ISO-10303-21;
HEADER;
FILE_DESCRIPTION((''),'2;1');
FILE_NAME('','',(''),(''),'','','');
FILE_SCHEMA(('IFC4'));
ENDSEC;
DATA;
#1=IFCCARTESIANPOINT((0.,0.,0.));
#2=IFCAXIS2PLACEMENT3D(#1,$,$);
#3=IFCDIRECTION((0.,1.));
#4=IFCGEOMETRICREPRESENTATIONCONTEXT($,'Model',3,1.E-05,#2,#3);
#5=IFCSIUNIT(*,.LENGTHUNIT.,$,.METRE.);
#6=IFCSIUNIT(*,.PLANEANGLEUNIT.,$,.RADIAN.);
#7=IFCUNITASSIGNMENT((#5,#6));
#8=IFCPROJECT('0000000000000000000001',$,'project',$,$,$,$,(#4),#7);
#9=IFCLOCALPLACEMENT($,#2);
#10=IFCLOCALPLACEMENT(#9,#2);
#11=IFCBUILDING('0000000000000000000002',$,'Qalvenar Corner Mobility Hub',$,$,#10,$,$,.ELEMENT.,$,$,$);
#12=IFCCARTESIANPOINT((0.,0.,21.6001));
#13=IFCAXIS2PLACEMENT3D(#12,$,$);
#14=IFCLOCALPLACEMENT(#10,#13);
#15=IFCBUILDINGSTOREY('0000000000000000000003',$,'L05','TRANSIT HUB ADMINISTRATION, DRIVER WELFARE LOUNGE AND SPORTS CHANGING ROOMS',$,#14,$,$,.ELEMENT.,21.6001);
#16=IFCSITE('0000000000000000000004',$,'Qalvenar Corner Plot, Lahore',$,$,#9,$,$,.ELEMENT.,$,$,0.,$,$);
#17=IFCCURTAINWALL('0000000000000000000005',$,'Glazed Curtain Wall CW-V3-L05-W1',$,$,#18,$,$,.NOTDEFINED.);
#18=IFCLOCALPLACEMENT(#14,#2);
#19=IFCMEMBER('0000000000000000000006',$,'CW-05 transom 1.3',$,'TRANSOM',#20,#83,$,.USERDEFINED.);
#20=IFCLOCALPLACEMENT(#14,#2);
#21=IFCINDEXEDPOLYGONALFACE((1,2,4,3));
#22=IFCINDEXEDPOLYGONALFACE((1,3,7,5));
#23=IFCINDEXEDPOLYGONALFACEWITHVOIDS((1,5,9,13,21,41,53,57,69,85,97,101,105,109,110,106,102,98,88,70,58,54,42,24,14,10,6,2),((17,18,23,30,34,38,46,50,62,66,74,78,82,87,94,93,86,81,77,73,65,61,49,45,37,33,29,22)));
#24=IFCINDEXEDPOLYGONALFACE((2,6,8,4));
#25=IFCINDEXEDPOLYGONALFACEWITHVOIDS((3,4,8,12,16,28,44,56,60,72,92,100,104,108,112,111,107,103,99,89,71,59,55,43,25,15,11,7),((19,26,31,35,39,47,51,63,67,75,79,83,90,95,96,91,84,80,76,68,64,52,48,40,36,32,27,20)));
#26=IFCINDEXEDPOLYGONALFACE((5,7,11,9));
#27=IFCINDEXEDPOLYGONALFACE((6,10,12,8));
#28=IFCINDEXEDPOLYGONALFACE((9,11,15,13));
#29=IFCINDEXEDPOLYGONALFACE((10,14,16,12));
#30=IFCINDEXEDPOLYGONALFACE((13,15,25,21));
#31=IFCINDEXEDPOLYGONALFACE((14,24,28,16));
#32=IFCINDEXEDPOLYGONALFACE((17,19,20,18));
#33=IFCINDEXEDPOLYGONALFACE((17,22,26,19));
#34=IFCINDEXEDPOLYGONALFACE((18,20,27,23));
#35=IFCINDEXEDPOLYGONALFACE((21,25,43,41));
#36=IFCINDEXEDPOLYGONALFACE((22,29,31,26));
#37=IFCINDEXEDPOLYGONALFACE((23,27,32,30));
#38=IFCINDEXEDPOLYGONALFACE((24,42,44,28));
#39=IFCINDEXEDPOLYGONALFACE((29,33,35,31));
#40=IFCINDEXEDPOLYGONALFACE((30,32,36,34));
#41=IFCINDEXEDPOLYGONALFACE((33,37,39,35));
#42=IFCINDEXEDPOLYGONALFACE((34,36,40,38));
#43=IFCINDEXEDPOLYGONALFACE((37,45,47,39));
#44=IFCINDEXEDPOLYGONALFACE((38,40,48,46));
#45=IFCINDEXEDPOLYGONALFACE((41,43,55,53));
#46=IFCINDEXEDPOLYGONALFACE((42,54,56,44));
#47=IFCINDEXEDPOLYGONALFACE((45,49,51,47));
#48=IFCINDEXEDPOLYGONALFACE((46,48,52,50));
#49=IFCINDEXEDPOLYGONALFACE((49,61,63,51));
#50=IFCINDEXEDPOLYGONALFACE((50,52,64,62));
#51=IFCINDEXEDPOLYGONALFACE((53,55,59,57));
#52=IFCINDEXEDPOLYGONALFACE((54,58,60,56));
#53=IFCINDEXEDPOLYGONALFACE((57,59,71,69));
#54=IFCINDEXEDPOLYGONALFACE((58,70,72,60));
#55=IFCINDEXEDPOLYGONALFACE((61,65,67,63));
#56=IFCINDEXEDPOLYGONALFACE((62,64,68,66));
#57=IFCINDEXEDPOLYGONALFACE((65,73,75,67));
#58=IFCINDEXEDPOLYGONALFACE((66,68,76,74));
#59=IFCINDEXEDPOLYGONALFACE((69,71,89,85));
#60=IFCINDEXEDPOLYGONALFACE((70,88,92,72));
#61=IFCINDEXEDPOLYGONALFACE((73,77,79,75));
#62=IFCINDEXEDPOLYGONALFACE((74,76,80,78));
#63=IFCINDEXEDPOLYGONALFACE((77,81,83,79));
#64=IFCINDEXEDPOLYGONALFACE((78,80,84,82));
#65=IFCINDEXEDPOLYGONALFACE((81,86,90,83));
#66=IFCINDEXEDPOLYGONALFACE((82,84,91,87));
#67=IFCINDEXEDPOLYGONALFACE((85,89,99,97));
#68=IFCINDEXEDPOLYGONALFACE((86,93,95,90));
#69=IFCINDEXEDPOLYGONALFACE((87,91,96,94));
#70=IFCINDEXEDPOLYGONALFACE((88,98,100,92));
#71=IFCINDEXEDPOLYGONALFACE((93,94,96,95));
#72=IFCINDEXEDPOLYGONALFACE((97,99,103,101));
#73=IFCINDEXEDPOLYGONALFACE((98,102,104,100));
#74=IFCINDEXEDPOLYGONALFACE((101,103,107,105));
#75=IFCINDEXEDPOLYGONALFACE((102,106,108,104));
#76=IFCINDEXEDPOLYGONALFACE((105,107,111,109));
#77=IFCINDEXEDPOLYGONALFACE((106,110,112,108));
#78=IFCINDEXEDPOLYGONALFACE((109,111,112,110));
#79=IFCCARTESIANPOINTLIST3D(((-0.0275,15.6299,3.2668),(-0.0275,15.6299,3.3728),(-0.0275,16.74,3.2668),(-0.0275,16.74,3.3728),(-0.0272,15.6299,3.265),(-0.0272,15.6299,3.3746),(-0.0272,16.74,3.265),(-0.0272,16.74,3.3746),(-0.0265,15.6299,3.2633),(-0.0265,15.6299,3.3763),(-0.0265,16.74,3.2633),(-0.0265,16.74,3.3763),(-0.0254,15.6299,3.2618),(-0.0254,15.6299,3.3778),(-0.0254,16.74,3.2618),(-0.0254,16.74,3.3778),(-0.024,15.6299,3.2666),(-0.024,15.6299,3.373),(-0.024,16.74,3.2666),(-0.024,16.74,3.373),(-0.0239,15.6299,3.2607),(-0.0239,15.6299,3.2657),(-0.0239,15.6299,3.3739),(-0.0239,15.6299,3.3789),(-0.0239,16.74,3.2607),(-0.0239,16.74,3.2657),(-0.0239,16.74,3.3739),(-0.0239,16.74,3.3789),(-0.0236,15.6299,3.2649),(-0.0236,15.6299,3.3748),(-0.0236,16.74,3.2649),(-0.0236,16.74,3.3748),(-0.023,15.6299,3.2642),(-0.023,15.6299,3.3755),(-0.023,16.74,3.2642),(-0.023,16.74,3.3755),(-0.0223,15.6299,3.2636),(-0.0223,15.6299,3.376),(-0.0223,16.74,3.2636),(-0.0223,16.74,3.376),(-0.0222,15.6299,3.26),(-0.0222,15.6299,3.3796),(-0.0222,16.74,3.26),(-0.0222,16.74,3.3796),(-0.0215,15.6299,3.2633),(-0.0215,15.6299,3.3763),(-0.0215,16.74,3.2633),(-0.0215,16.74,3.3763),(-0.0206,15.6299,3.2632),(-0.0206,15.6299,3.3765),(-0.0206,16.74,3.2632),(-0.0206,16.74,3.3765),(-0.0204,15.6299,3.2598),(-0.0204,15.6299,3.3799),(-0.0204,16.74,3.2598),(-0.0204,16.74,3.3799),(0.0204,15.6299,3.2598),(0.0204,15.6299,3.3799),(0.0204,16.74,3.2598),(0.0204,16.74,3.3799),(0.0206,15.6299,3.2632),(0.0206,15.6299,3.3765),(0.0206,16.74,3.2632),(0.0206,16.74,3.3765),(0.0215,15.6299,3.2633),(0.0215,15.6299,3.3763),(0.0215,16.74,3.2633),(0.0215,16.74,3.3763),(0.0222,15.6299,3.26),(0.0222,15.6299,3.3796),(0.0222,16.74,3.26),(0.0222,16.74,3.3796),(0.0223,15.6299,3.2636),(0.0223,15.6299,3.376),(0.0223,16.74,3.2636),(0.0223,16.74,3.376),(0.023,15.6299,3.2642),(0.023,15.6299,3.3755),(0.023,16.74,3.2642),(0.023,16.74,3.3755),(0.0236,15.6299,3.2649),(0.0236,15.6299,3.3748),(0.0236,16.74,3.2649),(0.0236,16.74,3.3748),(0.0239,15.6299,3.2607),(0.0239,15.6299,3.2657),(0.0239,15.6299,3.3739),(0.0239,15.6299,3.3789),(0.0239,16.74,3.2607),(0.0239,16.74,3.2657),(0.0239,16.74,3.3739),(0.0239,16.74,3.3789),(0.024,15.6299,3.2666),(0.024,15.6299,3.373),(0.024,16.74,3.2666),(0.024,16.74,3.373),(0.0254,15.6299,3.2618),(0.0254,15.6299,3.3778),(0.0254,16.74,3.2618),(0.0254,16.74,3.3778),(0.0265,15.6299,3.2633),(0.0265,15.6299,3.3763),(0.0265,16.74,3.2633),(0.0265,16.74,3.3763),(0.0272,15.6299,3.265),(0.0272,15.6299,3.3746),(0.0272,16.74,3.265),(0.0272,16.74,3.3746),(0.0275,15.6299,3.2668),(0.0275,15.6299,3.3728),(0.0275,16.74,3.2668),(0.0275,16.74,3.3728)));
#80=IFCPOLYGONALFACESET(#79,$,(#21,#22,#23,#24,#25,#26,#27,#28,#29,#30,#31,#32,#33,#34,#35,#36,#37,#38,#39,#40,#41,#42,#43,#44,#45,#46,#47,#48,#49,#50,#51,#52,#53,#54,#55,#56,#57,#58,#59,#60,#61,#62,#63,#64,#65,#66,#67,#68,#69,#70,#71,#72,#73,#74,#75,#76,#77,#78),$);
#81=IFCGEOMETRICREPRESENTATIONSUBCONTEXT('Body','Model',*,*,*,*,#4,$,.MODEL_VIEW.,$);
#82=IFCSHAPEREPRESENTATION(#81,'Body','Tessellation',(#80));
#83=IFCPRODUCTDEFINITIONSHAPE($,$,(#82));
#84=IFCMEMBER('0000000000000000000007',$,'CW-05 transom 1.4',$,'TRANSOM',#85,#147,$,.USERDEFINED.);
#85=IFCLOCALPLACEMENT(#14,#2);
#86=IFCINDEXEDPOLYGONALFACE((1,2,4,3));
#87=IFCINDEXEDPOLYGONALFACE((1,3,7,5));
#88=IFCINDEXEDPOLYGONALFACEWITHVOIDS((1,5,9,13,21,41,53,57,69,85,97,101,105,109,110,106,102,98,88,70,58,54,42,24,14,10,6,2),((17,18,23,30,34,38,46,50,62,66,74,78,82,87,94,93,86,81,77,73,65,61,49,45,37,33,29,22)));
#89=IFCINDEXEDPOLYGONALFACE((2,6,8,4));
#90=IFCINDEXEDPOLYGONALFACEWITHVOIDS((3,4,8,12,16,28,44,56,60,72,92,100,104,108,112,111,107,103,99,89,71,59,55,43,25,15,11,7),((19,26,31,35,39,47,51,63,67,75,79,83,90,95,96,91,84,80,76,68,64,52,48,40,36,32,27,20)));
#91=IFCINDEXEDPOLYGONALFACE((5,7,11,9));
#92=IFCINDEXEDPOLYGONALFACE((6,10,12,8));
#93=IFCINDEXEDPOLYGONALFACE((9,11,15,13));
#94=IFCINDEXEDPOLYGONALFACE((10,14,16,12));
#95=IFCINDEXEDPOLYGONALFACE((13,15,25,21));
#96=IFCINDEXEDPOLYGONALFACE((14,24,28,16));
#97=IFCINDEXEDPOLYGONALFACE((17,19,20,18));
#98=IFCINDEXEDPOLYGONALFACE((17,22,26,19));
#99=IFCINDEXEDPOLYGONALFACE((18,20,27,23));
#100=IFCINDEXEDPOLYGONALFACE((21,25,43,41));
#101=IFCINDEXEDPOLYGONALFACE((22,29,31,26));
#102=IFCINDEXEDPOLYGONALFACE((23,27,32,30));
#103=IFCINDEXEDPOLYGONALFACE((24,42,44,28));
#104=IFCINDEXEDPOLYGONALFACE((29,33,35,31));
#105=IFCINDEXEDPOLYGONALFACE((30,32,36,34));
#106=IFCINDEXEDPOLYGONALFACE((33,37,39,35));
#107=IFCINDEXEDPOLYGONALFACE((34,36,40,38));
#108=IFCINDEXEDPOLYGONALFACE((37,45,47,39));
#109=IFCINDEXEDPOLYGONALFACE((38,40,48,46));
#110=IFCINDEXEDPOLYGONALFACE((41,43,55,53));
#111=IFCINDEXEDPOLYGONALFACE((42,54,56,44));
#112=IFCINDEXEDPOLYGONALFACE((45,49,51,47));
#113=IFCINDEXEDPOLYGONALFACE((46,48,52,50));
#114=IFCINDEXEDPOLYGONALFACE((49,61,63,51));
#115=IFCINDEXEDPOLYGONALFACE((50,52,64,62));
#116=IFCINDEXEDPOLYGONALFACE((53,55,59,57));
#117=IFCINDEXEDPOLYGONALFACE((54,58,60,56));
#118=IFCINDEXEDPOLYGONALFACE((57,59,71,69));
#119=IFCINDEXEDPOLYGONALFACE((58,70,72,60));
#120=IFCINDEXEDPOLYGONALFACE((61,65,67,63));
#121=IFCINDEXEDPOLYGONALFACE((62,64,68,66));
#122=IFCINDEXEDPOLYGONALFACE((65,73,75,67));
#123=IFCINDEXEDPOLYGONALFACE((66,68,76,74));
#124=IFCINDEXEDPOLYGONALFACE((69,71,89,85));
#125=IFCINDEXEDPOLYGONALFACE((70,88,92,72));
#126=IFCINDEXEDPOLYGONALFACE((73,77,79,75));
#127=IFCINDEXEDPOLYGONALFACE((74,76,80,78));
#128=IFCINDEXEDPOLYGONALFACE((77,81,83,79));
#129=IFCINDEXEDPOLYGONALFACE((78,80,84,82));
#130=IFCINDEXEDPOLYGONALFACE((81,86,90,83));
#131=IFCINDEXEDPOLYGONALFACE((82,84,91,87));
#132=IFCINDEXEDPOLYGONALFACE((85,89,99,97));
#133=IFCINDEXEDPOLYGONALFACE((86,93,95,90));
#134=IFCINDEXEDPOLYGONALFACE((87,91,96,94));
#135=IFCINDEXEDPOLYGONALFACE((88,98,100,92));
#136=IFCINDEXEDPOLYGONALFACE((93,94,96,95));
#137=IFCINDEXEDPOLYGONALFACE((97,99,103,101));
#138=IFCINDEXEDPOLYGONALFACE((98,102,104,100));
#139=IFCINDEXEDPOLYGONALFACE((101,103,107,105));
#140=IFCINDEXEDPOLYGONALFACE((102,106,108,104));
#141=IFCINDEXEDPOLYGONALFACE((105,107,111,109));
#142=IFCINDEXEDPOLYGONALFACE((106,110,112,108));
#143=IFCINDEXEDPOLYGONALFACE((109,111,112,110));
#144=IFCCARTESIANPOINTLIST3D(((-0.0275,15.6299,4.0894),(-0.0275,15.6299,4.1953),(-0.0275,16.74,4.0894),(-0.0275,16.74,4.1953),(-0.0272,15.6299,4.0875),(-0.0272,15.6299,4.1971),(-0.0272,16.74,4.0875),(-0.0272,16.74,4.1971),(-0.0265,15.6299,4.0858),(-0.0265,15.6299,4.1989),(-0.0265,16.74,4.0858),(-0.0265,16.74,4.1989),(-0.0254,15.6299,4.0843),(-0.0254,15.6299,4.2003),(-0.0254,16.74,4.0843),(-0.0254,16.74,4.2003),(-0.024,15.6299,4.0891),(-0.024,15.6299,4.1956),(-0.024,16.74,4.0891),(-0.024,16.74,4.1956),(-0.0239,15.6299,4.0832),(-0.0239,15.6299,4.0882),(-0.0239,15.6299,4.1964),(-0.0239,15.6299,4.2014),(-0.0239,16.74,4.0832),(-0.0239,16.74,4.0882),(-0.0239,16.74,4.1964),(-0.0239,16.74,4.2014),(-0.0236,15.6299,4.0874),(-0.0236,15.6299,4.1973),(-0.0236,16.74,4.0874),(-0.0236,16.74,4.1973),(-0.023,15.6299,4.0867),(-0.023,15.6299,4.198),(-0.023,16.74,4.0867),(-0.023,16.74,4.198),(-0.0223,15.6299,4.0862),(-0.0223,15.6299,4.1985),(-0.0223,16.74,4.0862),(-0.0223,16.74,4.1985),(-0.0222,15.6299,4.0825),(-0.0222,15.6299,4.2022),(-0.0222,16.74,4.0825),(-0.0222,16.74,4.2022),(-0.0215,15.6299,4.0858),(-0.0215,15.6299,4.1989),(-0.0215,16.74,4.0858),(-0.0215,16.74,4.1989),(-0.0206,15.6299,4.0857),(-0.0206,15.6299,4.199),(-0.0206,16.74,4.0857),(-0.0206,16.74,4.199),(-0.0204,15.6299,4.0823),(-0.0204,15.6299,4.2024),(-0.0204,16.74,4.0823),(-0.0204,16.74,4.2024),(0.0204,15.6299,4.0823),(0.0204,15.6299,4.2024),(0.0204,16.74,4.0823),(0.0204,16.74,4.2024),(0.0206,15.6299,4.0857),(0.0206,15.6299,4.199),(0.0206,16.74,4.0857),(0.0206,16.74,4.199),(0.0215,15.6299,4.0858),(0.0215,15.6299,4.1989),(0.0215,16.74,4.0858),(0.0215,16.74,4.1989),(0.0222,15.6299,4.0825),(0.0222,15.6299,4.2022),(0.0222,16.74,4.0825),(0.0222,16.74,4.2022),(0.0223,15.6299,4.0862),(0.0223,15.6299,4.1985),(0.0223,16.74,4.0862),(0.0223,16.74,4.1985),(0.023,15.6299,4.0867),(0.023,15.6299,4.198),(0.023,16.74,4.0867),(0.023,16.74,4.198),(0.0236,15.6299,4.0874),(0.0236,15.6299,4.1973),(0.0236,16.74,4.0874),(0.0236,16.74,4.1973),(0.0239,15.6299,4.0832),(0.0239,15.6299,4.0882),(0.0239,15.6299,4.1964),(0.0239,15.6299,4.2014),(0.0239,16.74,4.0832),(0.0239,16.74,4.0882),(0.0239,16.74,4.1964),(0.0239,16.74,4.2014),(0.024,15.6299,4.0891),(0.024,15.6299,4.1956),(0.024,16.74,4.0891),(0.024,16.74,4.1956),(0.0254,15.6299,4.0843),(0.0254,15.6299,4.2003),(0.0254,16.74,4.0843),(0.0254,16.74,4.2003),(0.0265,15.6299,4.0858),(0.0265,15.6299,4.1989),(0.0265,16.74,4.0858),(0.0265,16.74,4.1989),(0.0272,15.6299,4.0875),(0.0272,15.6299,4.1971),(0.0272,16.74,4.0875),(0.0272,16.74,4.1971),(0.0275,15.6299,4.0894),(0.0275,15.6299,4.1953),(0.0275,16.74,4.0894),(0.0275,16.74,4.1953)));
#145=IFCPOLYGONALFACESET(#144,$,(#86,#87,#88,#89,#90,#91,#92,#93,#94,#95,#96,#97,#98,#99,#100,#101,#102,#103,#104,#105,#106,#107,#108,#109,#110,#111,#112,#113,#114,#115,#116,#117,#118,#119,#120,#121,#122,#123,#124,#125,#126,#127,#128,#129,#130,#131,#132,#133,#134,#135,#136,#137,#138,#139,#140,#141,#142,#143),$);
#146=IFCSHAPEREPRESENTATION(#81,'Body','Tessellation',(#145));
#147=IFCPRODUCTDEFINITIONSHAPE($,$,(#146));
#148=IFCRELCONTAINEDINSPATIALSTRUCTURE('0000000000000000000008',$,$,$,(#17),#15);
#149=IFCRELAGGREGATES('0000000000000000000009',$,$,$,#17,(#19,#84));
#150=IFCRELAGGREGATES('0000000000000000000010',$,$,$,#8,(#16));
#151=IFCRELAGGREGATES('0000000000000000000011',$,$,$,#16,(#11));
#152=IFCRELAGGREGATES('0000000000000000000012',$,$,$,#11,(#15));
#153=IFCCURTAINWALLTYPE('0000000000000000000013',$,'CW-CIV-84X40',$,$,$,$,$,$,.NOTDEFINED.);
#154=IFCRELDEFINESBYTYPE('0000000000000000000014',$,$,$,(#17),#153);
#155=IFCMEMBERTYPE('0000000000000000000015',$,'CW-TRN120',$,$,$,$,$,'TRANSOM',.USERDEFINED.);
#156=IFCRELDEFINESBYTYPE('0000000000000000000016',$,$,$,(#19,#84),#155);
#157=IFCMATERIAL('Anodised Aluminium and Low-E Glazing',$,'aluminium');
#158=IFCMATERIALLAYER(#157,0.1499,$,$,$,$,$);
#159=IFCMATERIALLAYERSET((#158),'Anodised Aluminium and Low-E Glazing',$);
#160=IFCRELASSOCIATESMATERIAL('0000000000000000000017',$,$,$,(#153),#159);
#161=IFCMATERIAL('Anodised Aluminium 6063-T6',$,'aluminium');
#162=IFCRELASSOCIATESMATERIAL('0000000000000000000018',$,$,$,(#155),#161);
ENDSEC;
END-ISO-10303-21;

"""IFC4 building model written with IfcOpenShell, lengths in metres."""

from ifc_helpers import new_model, si_unit, direction, frame, origin, origin_2d, place, context, subcontext, project, spatial, hollow_rectangle, extrude, material, layer, layer_set, material_profile, profile_set, type_object, element, aggregate, save


model = new_model("IFC4")

# Units and contexts
model_context = context("Model", 3, precision=1e-05, world=origin(), true_north=direction((0.0, 1.0)))
body_context = subcontext(model_context, "Body", "Model", "MODEL_VIEW")
ifc_project = project(units=[si_unit("LENGTHUNIT", "METRE"), si_unit("PLANEANGLEUNIT", "RADIAN")], contexts=[model_context])

# Site, building, storey
site_placement = place(None, origin())
site = spatial("IfcSite", under=ifc_project, at=site_placement, Name="Qalvenar Corner Plot, Lahore", CompositionType="ELEMENT", RefElevation=0.0)
building_placement = place(site_placement, origin())
building = spatial("IfcBuilding", under=site, at=building_placement, Name="Qalvenar Corner Mobility Hub", CompositionType="ELEMENT")
storey_placement = place(building_placement, frame((0.0, 0.0, 21.6001)))
storey = spatial("IfcBuildingStorey", under=building, at=storey_placement, Name="L05", Description="TRANSIT HUB ADMINISTRATION, DRIVER WELFARE LOUNGE AND SPORTS CHANGING ROOMS", CompositionType="ELEMENT", Elevation=21.6001)

# Curtain wall
ifc_material_1 = material(Name="Anodised Aluminium and Low-E Glazing", Category="aluminium")
ifc_layer_1 = layer(ifc_material_1, 0.1499)
ifc_layer_set_1 = layer_set([ifc_layer_1], Name="Anodised Aluminium and Low-E Glazing")
curtain_wall_type = type_object("IfcCurtainWallType", Name="CW-CIV-84X40", PredefinedType="NOTDEFINED", material=ifc_layer_set_1)
curtain_wall_1_placement = place(storey_placement, origin())
curtain_wall_1 = element("IfcCurtainWall", 1, at=curtain_wall_1_placement, inside=storey, type_object=curtain_wall_type, Name="Glazed Curtain Wall CW-V3-L05-W1", PredefinedType="NOTDEFINED")
ifc_material_2 = material(Name="Anodised Aluminium 6063-T6", Category="aluminium")

# Members
ifc_material_profile_1 = material_profile(ifc_material_2, hollow_rectangle(XDim=0.0549, YDim=0.1201, WallThickness=0.0034, InnerFilletRadius=0.0034, OuterFilletRadius=0.0071, at=origin_2d()), Name="RHS120x55x3.5")
ifc_profile_set_1 = profile_set([ifc_material_profile_1], Name="Anodised Aluminium 6063-T6")
member_type_1 = type_object("IfcMemberType", Name="CW-TRN120", ElementType="TRANSOM", PredefinedType="USERDEFINED", material=ifc_profile_set_1)
member_1_placement = place(storey_placement, frame((0.0, 16.74, 3.3198), z_axis=(0.0, -1.0, 0.0), x_axis=(1.0, 0.0, 0.0)))
member_1 = element("IfcMember", 2, at=member_1_placement, type_object=member_type_1, Name="CW-05 transom 1.3", ObjectType="TRANSOM", PredefinedType="USERDEFINED", context=body_context, shape_type="SweptSolid", body=[
    extrude(hollow_rectangle(XDim=0.0549, YDim=0.1201, WallThickness=0.0034, InnerFilletRadius=0.0034, OuterFilletRadius=0.0071, at=origin_2d()), origin(), (0.0, 0.0, 1.0), 1.1101),
])
member_2_placement = place(storey_placement, frame((0.0, 16.74, 4.1423), z_axis=(0.0, -1.0, 0.0), x_axis=(1.0, 0.0, 0.0)))
member_2 = element("IfcMember", 3, at=member_2_placement, type_object=member_type_1, Name="CW-05 transom 1.4", ObjectType="TRANSOM", PredefinedType="USERDEFINED", context=body_context, shape_type="SweptSolid", body=[
    extrude(hollow_rectangle(XDim=0.0549, YDim=0.1201, WallThickness=0.0034, InnerFilletRadius=0.0034, OuterFilletRadius=0.0071, at=origin_2d()), origin(), (0.0, 0.0, 1.0), 1.1101),
])

aggregate(curtain_wall_1, [member_1, member_2])

save(model, "model.ifc")
